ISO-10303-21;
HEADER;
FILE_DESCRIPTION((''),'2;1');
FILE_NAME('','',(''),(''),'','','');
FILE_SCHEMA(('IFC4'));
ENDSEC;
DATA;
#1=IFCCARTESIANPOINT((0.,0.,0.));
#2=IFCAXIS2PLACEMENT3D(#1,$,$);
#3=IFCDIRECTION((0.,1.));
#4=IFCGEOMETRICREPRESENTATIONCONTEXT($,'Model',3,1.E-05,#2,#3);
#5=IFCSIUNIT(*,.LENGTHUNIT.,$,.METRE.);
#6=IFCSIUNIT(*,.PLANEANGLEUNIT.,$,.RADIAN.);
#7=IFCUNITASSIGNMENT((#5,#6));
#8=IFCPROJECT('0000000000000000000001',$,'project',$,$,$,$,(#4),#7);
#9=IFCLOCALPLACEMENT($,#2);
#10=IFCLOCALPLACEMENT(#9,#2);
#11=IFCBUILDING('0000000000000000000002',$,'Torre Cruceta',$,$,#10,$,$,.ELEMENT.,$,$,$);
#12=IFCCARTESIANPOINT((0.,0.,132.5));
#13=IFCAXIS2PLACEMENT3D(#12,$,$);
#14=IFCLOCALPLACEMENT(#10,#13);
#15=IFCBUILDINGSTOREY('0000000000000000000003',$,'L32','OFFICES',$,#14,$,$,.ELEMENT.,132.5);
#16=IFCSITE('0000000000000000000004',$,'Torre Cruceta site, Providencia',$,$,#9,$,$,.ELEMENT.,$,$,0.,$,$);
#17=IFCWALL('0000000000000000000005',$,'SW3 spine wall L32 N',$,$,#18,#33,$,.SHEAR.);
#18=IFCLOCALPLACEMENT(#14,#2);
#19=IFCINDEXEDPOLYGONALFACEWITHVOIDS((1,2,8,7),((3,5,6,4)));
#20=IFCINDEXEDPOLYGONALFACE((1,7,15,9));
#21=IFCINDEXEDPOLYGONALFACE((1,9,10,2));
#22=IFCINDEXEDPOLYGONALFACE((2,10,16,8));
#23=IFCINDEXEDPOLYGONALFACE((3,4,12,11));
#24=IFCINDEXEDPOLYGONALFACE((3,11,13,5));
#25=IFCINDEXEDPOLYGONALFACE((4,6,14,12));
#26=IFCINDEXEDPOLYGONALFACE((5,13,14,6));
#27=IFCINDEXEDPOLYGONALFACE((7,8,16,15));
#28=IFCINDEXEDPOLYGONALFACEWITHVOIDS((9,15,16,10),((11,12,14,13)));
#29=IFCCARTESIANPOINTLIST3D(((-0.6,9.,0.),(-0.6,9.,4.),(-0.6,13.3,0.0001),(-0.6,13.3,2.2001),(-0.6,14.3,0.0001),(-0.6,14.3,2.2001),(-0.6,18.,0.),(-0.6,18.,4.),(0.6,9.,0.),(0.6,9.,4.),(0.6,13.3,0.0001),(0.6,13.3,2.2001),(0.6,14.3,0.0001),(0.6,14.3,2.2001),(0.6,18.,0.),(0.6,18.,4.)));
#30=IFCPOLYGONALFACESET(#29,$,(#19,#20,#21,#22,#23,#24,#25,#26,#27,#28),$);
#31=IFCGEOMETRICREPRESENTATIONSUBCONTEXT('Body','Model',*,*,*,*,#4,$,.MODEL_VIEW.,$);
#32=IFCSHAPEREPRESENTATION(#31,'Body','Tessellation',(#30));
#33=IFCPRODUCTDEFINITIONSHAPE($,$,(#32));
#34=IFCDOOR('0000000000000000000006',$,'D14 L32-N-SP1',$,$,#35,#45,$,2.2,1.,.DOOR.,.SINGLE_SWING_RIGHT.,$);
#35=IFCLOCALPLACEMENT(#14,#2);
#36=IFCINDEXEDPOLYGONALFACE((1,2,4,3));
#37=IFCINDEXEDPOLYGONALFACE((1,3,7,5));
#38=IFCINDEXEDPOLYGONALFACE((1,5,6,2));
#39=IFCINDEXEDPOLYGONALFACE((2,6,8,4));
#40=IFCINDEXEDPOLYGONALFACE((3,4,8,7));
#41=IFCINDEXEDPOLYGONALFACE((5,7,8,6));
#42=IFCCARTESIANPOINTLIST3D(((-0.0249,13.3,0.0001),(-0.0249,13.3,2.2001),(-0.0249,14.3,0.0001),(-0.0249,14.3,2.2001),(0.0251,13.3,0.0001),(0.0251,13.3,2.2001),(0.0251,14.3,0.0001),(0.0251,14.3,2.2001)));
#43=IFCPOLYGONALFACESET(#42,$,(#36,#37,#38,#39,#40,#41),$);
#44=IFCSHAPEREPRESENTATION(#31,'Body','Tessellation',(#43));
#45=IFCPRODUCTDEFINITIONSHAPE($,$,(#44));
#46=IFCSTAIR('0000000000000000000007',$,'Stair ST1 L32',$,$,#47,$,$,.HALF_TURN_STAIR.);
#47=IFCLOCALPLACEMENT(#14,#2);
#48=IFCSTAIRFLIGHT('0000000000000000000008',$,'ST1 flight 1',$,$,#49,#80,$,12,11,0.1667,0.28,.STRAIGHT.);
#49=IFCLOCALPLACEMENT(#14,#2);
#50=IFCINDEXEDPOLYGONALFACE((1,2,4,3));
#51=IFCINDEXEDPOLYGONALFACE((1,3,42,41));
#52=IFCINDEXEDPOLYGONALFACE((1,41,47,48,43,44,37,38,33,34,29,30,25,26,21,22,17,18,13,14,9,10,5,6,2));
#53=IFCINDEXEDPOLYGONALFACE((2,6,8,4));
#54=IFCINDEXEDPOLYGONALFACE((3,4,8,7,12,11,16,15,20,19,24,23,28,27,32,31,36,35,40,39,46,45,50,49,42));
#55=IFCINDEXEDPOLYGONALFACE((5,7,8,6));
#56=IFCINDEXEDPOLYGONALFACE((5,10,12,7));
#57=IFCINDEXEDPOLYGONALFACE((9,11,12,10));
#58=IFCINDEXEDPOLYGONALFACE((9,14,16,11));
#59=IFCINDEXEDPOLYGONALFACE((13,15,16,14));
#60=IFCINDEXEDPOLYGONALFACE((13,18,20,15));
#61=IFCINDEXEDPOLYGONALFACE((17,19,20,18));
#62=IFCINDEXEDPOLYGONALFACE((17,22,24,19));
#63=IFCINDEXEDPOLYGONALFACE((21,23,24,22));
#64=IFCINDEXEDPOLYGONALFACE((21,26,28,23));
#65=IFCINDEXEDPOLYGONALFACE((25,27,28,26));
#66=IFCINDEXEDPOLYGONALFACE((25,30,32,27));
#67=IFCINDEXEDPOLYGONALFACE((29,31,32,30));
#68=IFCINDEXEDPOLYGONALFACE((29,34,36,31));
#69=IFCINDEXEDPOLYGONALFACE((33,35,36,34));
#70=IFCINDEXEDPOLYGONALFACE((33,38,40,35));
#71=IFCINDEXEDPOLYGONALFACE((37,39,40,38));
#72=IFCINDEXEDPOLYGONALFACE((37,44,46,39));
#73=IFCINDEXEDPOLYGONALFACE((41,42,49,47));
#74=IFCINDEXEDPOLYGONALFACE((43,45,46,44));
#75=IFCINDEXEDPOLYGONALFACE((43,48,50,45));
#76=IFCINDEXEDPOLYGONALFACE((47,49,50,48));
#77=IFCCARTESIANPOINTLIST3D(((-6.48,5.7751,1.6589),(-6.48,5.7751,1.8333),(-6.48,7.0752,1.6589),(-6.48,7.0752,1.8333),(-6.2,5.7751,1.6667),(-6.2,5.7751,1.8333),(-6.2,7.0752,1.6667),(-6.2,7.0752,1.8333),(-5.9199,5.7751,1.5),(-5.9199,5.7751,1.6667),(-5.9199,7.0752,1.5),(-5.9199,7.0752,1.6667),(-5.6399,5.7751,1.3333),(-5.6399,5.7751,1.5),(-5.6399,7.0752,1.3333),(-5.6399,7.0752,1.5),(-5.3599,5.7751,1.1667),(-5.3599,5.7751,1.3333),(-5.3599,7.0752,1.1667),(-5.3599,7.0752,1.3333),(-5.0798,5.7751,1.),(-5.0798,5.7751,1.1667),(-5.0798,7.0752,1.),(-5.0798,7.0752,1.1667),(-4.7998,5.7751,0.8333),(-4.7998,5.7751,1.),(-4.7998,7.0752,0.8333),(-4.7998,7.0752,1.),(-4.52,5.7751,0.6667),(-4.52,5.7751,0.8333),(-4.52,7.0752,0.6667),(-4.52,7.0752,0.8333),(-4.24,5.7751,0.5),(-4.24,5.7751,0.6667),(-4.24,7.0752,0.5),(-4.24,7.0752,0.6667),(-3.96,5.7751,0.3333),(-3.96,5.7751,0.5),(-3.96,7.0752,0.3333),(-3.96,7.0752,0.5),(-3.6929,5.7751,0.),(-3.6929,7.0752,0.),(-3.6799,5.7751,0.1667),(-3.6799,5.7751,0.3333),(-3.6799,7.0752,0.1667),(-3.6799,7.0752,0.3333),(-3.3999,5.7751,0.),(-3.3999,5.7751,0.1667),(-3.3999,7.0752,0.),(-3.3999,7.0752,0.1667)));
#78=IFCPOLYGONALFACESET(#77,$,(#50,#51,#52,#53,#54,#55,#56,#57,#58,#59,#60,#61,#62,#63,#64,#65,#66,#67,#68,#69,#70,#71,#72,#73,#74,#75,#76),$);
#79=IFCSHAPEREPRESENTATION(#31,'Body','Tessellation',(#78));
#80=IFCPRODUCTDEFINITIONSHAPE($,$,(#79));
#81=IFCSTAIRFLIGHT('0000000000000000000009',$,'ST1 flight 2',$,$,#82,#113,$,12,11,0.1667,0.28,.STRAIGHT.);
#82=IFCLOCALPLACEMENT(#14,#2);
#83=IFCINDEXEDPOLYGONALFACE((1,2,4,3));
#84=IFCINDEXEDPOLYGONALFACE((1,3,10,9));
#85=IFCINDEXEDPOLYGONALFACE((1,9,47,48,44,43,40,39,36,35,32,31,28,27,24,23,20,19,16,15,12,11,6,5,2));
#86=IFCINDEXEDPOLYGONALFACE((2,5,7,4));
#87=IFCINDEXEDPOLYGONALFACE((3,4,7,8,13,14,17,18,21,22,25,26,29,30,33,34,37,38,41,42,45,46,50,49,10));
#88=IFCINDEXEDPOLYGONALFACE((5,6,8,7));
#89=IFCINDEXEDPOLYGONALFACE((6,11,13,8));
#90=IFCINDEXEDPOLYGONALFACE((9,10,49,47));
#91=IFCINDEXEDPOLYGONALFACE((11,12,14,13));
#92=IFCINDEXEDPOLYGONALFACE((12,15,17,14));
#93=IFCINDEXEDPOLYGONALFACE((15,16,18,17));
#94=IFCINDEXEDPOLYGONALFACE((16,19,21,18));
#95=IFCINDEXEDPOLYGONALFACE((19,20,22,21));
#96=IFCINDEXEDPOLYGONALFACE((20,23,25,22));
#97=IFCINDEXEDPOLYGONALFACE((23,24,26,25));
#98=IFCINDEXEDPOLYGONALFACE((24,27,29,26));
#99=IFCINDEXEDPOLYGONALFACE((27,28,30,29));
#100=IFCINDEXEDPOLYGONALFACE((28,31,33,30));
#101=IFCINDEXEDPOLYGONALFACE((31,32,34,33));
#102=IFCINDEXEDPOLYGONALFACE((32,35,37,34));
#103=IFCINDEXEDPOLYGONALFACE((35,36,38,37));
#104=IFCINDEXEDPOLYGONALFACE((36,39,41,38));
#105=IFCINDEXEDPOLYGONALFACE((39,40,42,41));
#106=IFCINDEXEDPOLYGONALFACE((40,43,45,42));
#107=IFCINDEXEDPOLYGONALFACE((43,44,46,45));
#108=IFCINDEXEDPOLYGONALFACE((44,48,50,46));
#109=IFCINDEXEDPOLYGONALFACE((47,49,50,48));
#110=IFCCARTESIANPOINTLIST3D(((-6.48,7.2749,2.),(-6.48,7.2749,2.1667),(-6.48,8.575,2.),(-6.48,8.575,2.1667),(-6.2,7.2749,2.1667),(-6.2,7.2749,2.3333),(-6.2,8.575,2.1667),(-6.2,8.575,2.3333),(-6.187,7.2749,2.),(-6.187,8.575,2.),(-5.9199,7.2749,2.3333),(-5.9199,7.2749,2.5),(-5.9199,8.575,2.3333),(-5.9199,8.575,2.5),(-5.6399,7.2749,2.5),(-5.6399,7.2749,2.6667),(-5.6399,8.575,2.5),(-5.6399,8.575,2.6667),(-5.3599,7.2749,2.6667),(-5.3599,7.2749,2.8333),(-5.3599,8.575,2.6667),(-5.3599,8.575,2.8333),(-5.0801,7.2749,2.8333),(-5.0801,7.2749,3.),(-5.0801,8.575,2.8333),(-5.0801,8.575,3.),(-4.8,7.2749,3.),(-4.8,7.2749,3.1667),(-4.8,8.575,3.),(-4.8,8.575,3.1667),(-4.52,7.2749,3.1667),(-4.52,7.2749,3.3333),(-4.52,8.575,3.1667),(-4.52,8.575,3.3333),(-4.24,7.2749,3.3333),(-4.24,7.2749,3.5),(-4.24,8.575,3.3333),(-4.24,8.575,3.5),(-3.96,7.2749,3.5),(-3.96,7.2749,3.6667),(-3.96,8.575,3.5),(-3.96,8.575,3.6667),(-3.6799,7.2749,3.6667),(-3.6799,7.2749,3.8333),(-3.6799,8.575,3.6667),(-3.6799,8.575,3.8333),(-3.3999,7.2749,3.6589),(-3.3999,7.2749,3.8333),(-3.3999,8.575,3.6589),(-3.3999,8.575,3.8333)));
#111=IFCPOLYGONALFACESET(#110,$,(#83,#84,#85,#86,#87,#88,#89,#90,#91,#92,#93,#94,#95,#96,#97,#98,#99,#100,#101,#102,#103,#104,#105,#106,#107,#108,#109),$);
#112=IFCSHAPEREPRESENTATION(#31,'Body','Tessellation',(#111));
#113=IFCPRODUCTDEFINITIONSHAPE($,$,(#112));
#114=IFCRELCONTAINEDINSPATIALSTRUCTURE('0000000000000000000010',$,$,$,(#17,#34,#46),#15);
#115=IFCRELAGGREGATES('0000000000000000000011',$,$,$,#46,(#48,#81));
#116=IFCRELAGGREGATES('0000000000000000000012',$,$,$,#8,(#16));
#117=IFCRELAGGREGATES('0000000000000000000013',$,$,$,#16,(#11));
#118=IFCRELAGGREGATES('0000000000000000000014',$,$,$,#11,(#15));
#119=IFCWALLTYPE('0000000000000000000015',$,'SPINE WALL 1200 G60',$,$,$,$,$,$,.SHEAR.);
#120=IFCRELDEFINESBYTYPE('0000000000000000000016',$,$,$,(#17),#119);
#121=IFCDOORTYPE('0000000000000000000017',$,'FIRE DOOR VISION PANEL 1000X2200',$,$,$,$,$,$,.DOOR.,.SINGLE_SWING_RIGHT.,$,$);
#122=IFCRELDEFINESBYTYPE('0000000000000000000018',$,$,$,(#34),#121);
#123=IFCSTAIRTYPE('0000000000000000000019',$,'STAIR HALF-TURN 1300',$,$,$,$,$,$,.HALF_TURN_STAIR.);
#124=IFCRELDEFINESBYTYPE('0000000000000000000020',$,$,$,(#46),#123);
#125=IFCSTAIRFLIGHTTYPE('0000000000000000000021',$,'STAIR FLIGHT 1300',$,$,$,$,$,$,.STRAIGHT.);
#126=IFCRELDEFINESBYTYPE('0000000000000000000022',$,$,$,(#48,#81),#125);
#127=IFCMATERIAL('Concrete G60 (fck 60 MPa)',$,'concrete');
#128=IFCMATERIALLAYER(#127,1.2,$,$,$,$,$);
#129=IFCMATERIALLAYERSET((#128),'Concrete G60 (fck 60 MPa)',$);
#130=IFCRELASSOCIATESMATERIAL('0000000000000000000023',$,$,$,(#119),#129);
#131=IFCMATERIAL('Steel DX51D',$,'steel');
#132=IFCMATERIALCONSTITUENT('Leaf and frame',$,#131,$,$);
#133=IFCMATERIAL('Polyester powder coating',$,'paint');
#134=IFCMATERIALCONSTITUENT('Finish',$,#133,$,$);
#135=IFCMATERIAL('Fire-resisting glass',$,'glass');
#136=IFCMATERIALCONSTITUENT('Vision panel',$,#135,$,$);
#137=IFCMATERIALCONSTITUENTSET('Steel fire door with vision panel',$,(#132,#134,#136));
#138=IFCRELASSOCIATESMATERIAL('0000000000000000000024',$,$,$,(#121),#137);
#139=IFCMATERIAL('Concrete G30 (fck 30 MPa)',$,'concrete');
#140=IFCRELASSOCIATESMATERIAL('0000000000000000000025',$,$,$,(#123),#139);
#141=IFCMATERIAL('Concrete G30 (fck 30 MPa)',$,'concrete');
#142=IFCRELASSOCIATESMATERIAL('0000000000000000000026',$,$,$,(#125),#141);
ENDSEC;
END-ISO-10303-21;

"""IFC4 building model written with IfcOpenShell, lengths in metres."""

from ifc_helpers import new_model, si_unit, direction, frame, frame_2d, origin, place, context, subcontext, project, spatial, polyline, rectangle, outline, extrude, material, layer, layer_set, constituent, constituent_set, type_object, element, fill, aggregate, save


model = new_model("IFC4")

# Units and contexts
model_context = context("Model", 3, precision=1e-05, world=origin(), true_north=direction((0.0, 1.0)))
body_context = subcontext(model_context, "Body", "Model", "MODEL_VIEW")
ifc_project = project(units=[si_unit("LENGTHUNIT", "METRE"), si_unit("PLANEANGLEUNIT", "RADIAN")], contexts=[model_context])

# Site, building, storey
site_placement = place(None, origin())
site = spatial("IfcSite", under=ifc_project, at=site_placement, Name="Torre Cruceta site, Providencia", CompositionType="ELEMENT", RefElevation=0.0)
building_placement = place(site_placement, origin())
building = spatial("IfcBuilding", under=site, at=building_placement, Name="Torre Cruceta", CompositionType="ELEMENT")
storey_placement = place(building_placement, frame((0.0, 0.0, 132.5)))
storey = spatial("IfcBuildingStorey", under=building, at=storey_placement, Name="L32", Description="OFFICES", CompositionType="ELEMENT", Elevation=132.5)

# Wall, opening, door
ifc_material_1 = material(Name="Concrete G60 (fck 60 MPa)", Category="concrete")
ifc_layer_1 = layer(ifc_material_1, 1.2)
ifc_layer_set_1 = layer_set([ifc_layer_1], Name="Concrete G60 (fck 60 MPa)")
wall_type_1 = type_object("IfcWallType", Name="SPINE WALL 1200 G60", PredefinedType="SHEAR", material=ifc_layer_set_1)
wall_1_placement = place(storey_placement, frame((0.0, 9.0, 0.0), z_axis=(0.0, 0.0, 1.0), x_axis=(0.0, 1.0, 0.0)))
wall_1 = element("IfcWall", 1, at=wall_1_placement, inside=storey, type_object=wall_type_1, Name="SW3 spine wall L32 N", PredefinedType="SHEAR", context=body_context, shape_type="SweptSolid", body=[
    extrude(rectangle(XDim=9.0, YDim=1.2, at=frame_2d((4.5, 0.0))), origin(), (0.0, 0.0, 1.0), 4.0),
])
opening_1_placement = place(wall_1_placement, frame((4.3, 0.0, 0.0)))
opening_1 = element("IfcOpeningElement", 2, at=opening_1_placement, cuts=wall_1, PredefinedType="OPENING", context=body_context, shape_type="SweptSolid", body=[
    extrude(rectangle(XDim=1.0, YDim=2.2, at=frame_2d((0.5, 1.1001))), frame((0.0, 0.6099, 0.0), z_axis=(0.0, -1.0, 0.0), x_axis=(1.0, 0.0, 0.0)), (0.0, 0.0, 1.0), 1.22),
])
ifc_material_2 = material(Name="Steel DX51D", Category="steel")
ifc_constituent_1 = constituent(ifc_material_2, Name="Leaf and frame")
ifc_material_3 = material(Name="Polyester powder coating", Category="paint")
ifc_constituent_2 = constituent(ifc_material_3, Name="Finish")
ifc_material_4 = material(Name="Fire-resisting glass", Category="glass")
ifc_constituent_3 = constituent(ifc_material_4, Name="Vision panel")
ifc_constituent_set_1 = constituent_set(constituents=[ifc_constituent_1, ifc_constituent_2, ifc_constituent_3], Name="Steel fire door with vision panel")
door_type_1 = type_object("IfcDoorType", Name="FIRE DOOR VISION PANEL 1000X2200", OperationType="SINGLE_SWING_RIGHT", PredefinedType="DOOR", material=ifc_constituent_set_1)
door_1_placement = place(opening_1_placement, origin())
door_1 = element("IfcDoor", 3, at=door_1_placement, inside=storey, type_object=door_type_1, Name="D14 L32-N-SP1", OperationType="SINGLE_SWING_RIGHT", OverallHeight=2.2, OverallWidth=1.0, PredefinedType="DOOR", context=body_context, shape_type="SweptSolid", body=[
    extrude(rectangle(XDim=1.0, YDim=2.2, at=frame_2d((0.5, 1.1001))), frame((0.0, 0.0249, 0.0), z_axis=(0.0, -1.0, 0.0), x_axis=(1.0, 0.0, 0.0)), (0.0, 0.0, 1.0), 0.05),
])
fill(opening_1, door_1)

# Stair, stair flights
ifc_material_5 = material(Name="Concrete G30 (fck 30 MPa)", Category="concrete")
stair_type = type_object("IfcStairType", Name="STAIR HALF-TURN 1300", PredefinedType="HALF_TURN_STAIR", material=ifc_material_5)
stair_placement = place(storey_placement, origin())
stair = element("IfcStair", 4, at=stair_placement, inside=storey, type_object=stair_type, Name="Stair ST1 L32", PredefinedType="HALF_TURN_STAIR")
ifc_material_6 = material(Name="Concrete G30 (fck 30 MPa)", Category="concrete")
stair_flight_type = type_object("IfcStairFlightType", Name="STAIR FLIGHT 1300", PredefinedType="STRAIGHT", material=ifc_material_6)
stair_flight_1_placement = place(storey_placement, frame((-3.3999, 6.425, 0.0), z_axis=(0.0, 0.0, 1.0), x_axis=(-1.0, 0.0, 0.0)))
stair_flight_1 = element("IfcStairFlight", 5, at=stair_flight_1_placement, type_object=stair_flight_type, Name="ST1 flight 1", NumberOfRisers=12, NumberOfTreads=11, PredefinedType="STRAIGHT", RiserHeight=0.1667, TreadLength=0.28, context=body_context, shape_type="SweptSolid", body=[
    extrude(outline(polyline([(0.0, 0.0), (0.0, 0.1667), (0.28, 0.1667), (0.28, 0.3333), (0.5601, 0.3333), (0.5601, 0.5), (0.8401, 0.5), (0.8401, 0.6667), (1.1201, 0.6667), (1.1201, 0.8333), (1.3999, 0.8333), (1.3999, 1.0), (1.6799, 1.0), (1.6799, 1.1667), (1.96, 1.1667), (1.96, 1.3333), (2.24, 1.3333), (2.24, 1.5), (2.52, 1.5), (2.52, 1.6667), (2.8, 1.6667), (2.8, 1.8333), (3.0801, 1.8333), (3.0801, 2.0), (3.0801, 1.6589), (0.293, 0.0), (0.0, 0.0)])), frame((0.0, 0.6499, 0.0), z_axis=(0.0, -1.0, 0.0), x_axis=(1.0, 0.0, 0.0)), (0.0, 0.0, 1.0), 1.3),
])
stair_flight_2_placement = place(storey_placement, frame((-6.48, 7.925, 2.0), z_axis=(0.0, 0.0, 1.0), x_axis=(1.0, 0.0, 0.0)))
stair_flight_2 = element("IfcStairFlight", 6, at=stair_flight_2_placement, type_object=stair_flight_type, Name="ST1 flight 2", NumberOfRisers=12, NumberOfTreads=11, PredefinedType="STRAIGHT", RiserHeight=0.1667, TreadLength=0.28, context=body_context, shape_type="SweptSolid", body=[
    extrude(outline(polyline([(0.0, 0.0), (0.0, 0.1667), (0.28, 0.1667), (0.28, 0.3333), (0.5601, 0.3333), (0.5601, 0.5), (0.8401, 0.5), (0.8401, 0.6667), (1.1201, 0.6667), (1.1201, 0.8333), (1.3999, 0.8333), (1.3999, 1.0), (1.6799, 1.0), (1.6799, 1.1667), (1.96, 1.1667), (1.96, 1.3333), (2.24, 1.3333), (2.24, 1.5), (2.52, 1.5), (2.52, 1.6667), (2.8, 1.6667), (2.8, 1.8333), (3.0801, 1.8333), (3.0801, 2.0), (3.0801, 1.6589), (0.293, 0.0), (0.0, 0.0)])), frame((0.0, 0.6499, 0.0), z_axis=(0.0, -1.0, 0.0), x_axis=(1.0, 0.0, 0.0)), (0.0, 0.0, 1.0), 1.3),
])
aggregate(stair, [stair_flight_1, stair_flight_2])

save(model, "model.ifc")
